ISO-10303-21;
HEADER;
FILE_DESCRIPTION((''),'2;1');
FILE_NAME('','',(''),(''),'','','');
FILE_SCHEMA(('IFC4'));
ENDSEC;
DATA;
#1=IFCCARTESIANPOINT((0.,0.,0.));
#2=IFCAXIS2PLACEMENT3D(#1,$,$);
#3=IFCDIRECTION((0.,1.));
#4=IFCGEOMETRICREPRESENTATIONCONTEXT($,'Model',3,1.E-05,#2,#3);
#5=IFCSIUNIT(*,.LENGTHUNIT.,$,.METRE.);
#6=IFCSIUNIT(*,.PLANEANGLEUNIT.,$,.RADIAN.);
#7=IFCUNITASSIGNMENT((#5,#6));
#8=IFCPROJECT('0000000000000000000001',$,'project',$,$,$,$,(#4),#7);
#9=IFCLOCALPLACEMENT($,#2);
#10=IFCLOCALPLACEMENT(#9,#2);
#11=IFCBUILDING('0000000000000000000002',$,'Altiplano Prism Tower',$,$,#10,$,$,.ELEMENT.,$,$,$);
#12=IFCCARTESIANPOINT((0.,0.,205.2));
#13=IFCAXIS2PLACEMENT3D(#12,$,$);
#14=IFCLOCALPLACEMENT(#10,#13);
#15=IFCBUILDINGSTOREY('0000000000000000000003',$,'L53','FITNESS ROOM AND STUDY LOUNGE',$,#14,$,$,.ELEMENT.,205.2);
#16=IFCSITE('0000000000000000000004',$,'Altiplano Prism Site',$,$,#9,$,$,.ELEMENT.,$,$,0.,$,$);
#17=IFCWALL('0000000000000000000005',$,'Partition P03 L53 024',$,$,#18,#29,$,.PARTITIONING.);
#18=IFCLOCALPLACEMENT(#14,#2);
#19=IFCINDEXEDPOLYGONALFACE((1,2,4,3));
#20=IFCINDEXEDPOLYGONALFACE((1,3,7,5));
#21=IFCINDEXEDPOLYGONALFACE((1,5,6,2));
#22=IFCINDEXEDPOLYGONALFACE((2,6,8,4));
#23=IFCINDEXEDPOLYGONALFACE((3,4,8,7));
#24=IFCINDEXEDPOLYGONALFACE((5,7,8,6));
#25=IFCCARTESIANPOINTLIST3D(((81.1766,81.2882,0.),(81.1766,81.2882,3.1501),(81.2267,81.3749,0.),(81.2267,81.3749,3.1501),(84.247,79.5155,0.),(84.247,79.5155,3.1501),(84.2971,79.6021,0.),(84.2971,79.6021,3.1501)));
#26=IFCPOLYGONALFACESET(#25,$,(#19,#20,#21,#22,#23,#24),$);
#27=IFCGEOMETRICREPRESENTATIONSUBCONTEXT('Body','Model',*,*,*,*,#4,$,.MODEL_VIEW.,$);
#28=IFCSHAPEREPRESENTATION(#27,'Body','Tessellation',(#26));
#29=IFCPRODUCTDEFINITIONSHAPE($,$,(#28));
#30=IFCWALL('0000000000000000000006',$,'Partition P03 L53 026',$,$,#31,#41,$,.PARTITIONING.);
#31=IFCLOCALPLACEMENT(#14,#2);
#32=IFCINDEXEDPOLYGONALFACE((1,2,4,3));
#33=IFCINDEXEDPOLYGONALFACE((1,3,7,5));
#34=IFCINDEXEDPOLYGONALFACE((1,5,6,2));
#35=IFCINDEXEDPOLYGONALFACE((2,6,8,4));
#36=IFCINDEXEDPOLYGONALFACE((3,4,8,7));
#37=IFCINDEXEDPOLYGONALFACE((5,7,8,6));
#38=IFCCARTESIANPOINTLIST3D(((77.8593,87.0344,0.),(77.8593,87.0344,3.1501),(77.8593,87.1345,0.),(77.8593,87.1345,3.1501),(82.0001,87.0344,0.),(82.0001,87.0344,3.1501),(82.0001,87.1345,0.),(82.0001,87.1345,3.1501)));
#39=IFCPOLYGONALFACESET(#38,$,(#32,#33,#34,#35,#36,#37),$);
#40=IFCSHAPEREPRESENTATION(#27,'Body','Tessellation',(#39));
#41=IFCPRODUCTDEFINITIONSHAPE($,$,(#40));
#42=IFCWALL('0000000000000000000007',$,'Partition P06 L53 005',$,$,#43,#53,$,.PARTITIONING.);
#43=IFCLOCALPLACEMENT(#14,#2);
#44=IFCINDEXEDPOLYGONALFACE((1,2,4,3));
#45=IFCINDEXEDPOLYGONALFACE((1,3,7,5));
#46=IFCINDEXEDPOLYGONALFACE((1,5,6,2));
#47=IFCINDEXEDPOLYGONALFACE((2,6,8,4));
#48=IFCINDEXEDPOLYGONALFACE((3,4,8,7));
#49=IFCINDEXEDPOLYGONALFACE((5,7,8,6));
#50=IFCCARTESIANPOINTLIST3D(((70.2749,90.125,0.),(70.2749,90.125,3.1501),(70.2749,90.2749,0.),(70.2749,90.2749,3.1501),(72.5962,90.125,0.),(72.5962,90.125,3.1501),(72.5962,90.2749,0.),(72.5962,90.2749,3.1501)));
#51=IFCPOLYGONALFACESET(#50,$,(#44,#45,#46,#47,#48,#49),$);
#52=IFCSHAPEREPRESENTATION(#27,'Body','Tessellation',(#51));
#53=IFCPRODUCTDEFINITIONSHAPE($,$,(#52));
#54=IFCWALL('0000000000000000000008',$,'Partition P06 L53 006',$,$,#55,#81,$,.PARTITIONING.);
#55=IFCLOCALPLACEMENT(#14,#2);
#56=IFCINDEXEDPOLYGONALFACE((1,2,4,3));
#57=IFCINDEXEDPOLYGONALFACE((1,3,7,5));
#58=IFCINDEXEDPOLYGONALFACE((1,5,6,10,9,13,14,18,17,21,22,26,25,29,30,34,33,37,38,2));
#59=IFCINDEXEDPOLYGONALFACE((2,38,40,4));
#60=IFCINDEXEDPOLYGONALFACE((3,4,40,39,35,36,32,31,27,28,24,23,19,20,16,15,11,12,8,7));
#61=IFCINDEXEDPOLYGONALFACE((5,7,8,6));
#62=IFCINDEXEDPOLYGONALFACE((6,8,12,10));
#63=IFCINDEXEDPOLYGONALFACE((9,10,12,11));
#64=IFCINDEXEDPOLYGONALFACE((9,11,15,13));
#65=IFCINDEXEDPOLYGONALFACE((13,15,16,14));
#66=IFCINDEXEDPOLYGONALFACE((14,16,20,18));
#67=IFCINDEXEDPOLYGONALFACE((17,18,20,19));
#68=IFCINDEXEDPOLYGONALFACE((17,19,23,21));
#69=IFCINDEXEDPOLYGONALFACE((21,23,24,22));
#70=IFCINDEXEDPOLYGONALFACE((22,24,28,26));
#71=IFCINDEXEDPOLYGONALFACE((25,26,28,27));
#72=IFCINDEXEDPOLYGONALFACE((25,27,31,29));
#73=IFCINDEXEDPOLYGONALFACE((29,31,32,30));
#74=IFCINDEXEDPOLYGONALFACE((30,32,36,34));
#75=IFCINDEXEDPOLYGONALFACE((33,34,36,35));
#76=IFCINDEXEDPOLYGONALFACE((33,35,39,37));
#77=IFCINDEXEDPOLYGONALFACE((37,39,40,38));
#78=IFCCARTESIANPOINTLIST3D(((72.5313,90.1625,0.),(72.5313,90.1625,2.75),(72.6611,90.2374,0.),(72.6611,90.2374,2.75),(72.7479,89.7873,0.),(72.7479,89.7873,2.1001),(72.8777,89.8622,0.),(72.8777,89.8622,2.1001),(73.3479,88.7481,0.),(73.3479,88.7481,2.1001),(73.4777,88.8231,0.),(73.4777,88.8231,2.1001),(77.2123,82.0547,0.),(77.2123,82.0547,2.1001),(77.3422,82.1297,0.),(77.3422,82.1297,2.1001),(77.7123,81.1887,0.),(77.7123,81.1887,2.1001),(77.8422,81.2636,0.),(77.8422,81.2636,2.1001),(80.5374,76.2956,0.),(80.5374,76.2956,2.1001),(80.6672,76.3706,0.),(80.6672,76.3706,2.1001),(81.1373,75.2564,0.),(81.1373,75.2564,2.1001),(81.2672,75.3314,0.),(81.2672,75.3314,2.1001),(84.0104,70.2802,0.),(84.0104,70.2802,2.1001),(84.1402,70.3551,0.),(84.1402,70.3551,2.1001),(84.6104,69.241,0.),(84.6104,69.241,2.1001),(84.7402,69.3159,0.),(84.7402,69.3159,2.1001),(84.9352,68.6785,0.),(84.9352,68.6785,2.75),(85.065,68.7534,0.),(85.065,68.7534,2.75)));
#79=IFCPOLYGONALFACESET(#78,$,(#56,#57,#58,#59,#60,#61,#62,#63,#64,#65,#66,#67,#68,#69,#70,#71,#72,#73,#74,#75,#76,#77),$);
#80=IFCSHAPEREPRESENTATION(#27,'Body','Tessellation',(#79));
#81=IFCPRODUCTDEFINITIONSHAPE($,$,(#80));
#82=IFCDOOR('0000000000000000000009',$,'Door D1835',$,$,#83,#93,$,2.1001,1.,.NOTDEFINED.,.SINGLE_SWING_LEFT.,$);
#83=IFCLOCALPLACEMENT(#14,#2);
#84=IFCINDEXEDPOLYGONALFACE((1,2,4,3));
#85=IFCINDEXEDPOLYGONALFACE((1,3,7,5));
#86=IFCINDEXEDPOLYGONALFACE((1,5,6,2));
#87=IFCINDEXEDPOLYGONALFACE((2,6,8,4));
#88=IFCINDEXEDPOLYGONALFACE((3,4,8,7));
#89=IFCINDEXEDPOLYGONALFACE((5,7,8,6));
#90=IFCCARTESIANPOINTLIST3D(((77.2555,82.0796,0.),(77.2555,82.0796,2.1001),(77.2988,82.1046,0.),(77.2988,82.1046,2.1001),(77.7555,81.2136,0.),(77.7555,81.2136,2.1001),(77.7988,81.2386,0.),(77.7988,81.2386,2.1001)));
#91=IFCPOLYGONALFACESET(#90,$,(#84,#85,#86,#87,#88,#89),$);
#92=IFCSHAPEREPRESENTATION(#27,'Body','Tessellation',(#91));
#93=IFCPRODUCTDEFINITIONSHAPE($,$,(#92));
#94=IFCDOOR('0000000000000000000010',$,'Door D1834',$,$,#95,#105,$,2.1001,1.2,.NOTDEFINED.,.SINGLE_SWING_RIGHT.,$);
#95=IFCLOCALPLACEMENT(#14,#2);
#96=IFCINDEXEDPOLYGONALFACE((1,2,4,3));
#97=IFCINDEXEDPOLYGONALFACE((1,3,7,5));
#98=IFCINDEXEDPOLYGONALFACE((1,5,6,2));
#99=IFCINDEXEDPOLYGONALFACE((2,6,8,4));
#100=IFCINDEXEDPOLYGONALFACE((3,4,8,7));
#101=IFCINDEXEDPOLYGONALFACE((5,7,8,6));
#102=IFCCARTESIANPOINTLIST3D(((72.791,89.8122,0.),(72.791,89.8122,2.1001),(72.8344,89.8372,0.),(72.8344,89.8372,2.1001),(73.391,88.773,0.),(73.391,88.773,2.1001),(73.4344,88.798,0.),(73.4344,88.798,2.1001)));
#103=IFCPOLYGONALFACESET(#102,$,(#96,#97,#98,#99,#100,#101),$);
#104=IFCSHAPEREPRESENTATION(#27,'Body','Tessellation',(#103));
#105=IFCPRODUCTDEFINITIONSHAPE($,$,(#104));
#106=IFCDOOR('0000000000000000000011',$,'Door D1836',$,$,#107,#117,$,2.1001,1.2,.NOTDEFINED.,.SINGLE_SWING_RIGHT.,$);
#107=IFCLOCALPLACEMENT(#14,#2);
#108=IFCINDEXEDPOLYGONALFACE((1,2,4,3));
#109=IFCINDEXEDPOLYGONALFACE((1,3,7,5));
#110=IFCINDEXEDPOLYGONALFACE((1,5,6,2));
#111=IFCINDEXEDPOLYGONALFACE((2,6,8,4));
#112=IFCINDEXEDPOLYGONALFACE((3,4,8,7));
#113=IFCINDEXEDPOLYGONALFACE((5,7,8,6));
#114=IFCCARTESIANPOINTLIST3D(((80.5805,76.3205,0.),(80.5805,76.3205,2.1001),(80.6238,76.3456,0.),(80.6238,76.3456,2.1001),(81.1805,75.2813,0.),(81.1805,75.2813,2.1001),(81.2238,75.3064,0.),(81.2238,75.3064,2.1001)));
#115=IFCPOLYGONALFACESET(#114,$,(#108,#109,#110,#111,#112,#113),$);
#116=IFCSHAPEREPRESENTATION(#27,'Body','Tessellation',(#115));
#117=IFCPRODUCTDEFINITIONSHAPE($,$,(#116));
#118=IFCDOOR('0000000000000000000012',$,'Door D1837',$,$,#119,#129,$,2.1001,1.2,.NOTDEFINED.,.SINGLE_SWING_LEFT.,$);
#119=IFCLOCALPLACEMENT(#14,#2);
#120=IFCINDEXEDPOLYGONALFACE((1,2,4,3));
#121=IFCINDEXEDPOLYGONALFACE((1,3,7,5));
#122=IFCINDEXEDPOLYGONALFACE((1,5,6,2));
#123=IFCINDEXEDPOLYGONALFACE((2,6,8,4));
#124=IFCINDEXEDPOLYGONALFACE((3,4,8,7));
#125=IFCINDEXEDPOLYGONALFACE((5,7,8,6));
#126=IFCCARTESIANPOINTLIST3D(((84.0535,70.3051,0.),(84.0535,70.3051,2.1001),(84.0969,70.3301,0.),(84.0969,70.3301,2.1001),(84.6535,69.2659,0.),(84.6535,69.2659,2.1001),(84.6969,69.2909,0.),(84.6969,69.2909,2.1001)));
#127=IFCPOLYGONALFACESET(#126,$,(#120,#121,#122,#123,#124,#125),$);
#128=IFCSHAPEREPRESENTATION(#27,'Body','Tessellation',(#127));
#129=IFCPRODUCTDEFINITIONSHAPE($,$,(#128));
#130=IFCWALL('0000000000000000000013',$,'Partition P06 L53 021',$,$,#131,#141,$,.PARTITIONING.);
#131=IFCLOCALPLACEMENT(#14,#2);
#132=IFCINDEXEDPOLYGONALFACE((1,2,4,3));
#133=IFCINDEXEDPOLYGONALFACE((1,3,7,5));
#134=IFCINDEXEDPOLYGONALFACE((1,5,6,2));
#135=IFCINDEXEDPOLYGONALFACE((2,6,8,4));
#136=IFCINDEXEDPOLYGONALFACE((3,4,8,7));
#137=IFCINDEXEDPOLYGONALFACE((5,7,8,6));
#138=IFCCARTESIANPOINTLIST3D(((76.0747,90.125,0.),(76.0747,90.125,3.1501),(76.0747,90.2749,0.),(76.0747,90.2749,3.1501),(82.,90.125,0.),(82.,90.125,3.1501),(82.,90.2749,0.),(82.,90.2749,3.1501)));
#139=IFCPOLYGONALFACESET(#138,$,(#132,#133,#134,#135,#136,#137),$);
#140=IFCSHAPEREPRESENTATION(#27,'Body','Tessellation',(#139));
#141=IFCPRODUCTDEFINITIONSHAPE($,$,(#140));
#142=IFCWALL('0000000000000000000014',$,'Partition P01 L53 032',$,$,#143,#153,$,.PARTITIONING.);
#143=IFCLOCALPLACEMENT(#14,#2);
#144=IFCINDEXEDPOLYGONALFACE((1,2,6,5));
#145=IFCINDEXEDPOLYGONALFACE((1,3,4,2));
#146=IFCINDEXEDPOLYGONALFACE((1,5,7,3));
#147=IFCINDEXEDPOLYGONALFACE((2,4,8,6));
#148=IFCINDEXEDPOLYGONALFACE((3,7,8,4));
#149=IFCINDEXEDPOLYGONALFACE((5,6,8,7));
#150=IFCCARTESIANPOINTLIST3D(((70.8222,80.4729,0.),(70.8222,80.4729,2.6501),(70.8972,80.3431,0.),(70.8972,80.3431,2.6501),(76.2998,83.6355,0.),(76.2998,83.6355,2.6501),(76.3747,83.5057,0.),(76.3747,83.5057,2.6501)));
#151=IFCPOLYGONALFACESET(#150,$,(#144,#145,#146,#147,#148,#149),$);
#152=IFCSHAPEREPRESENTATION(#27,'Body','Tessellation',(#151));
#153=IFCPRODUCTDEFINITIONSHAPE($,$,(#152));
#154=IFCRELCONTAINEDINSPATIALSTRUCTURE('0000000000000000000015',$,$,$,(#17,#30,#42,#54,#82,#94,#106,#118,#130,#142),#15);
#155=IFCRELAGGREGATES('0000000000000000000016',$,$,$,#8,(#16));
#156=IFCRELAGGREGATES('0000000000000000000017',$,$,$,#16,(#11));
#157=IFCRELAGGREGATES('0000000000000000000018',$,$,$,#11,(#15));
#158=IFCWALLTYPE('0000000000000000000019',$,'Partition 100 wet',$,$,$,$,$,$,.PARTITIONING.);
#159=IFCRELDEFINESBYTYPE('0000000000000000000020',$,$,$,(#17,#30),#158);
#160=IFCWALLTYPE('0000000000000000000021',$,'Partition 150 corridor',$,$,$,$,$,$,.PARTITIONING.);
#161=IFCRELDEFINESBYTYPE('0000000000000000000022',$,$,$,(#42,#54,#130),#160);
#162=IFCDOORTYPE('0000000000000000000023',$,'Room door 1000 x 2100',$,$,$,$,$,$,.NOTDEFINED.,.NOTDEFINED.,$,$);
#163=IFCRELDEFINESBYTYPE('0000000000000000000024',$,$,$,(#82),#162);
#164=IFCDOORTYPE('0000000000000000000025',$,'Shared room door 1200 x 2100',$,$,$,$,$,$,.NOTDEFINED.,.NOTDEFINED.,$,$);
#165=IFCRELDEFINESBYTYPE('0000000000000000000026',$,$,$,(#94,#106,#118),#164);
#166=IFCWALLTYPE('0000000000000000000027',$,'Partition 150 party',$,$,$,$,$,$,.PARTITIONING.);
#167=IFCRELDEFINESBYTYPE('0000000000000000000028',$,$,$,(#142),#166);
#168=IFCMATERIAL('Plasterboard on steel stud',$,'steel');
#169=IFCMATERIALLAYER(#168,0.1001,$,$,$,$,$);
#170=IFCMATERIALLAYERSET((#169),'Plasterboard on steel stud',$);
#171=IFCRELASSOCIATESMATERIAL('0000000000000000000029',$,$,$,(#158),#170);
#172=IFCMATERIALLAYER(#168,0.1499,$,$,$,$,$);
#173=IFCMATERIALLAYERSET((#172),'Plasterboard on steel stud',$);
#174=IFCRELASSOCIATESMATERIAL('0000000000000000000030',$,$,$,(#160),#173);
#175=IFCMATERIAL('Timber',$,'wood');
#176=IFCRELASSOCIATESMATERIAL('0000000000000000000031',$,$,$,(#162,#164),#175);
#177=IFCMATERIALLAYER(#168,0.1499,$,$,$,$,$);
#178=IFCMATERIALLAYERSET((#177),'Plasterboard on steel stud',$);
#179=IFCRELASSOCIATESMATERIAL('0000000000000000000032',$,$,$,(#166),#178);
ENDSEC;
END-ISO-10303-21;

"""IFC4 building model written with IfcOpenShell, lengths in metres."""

from ifc_helpers import new_model, si_unit, direction, frame, frame_2d, origin, place, context, subcontext, project, spatial, rectangle, extrude, material, layer, layer_set, type_object, element, fill, save


model = new_model("IFC4")

# Units and contexts
model_context = context("Model", 3, precision=1e-05, world=origin(), true_north=direction((0.0, 1.0)))
body_context = subcontext(model_context, "Body", "Model", "MODEL_VIEW")
ifc_project = project(units=[si_unit("LENGTHUNIT", "METRE"), si_unit("PLANEANGLEUNIT", "RADIAN")], contexts=[model_context])

# Site, building, storey
site_placement = place(None, origin())
site = spatial("IfcSite", under=ifc_project, at=site_placement, Name="Altiplano Prism Site", CompositionType="ELEMENT", RefElevation=0.0)
building_placement = place(site_placement, origin())
building = spatial("IfcBuilding", under=site, at=building_placement, Name="Altiplano Prism Tower", CompositionType="ELEMENT")
storey_placement = place(building_placement, frame((0.0, 0.0, 205.2)))
storey = spatial("IfcBuildingStorey", under=building, at=storey_placement, Name="L53", Description="FITNESS ROOM AND STUDY LOUNGE", CompositionType="ELEMENT", Elevation=205.2)

# Walls
ifc_material_1 = material(Name="Plasterboard on steel stud", Category="steel")
ifc_layer_1 = layer(ifc_material_1, 0.1001)
ifc_layer_set_1 = layer_set([ifc_layer_1], Name="Plasterboard on steel stud")
wall_type_1 = type_object("IfcWallType", Name="Partition 100 wet", PredefinedType="PARTITIONING", material=ifc_layer_set_1)
wall_1_placement = place(storey_placement, frame((81.2017, 81.3315, 0.0), z_axis=(0.0, 0.0, 1.0), x_axis=(0.866018, -0.500013, 0.0)))
element("IfcWall", 1, at=wall_1_placement, inside=storey, type_object=wall_type_1, Name="Partition P03 L53 024", PredefinedType="PARTITIONING", context=body_context, shape_type="SweptSolid", body=[
    extrude(rectangle(XDim=3.5454, YDim=0.1001, at=frame_2d((1.7727, 0.0))), origin(), (0.0, 0.0, 1.0), 3.1501),
])
wall_2_placement = place(storey_placement, frame((82.0, 87.0845, 0.0), z_axis=(0.0, 0.0, 1.0), x_axis=(-1.0, 0.0, 0.0)))
element("IfcWall", 2, at=wall_2_placement, inside=storey, type_object=wall_type_1, Name="Partition P03 L53 026", PredefinedType="PARTITIONING", context=body_context, shape_type="SweptSolid", body=[
    extrude(rectangle(XDim=4.1409, YDim=0.1001, at=frame_2d((2.0703, 0.0))), origin(), (0.0, 0.0, 1.0), 3.1501),
])
ifc_layer_2 = layer(ifc_material_1, 0.1499)
ifc_layer_set_2 = layer_set([ifc_layer_2], Name="Plasterboard on steel stud")
wall_type_2 = type_object("IfcWallType", Name="Partition 150 corridor", PredefinedType="PARTITIONING", material=ifc_layer_set_2)
wall_3_placement = place(storey_placement, frame((70.2749, 90.2, 0.0), z_axis=(0.0, 0.0, 1.0), x_axis=(1.0, 0.0, 0.0)))
element("IfcWall", 3, at=wall_3_placement, inside=storey, type_object=wall_type_2, Name="Partition P06 L53 005", PredefinedType="PARTITIONING", context=body_context, shape_type="SweptSolid", body=[
    extrude(rectangle(XDim=2.3213, YDim=0.1499, at=frame_2d((1.1606, 0.0))), origin(), (0.0, 0.0, 1.0), 3.1501),
])

# Wall, openings, doors
wall_4_placement = place(storey_placement, frame((72.5962, 90.2, 0.0), z_axis=(0.0, 0.0, 1.0), x_axis=(0.500002, -0.866024, 0.0)))
wall_4 = element("IfcWall", 4, at=wall_4_placement, inside=storey, type_object=wall_type_2, Name="Partition P06 L53 006", PredefinedType="PARTITIONING", context=body_context, shape_type="SweptSolid", body=[
    extrude(rectangle(XDim=24.8076, YDim=0.1499, at=frame_2d((12.4038, 0.0))), origin(), (0.0, 0.0, 1.0), 2.75),
])
opening_1_placement = place(wall_4_placement, frame((0.4331, 0.0, 0.0)))
opening_1 = element("IfcOpeningElement", 5, at=opening_1_placement, cuts=wall_4, PredefinedType="OPENING", context=body_context, shape_type="SweptSolid", body=[
    extrude(rectangle(XDim=1.2, YDim=2.1001, at=frame_2d((0.6001, 1.05))), frame((0.0, 0.0854, 0.0), z_axis=(0.0, -1.0, 0.0), x_axis=(1.0, 0.0, 0.0)), (0.0, 0.0, 1.0), 0.1709),
])
opening_2_placement = place(wall_4_placement, frame((9.3621, 0.0, 0.0)))
opening_2 = element("IfcOpeningElement", 6, at=opening_2_placement, cuts=wall_4, PredefinedType="OPENING", context=body_context, shape_type="SweptSolid", body=[
    extrude(rectangle(XDim=1.0, YDim=2.1001, at=frame_2d((0.5, 1.05))), frame((0.0, 0.0854, 0.0), z_axis=(0.0, -1.0, 0.0), x_axis=(1.0, 0.0, 0.0)), (0.0, 0.0, 1.0), 0.1709),
])
opening_3_placement = place(wall_4_placement, frame((16.012, 0.0, 0.0)))
opening_3 = element("IfcOpeningElement", 7, at=opening_3_placement, cuts=wall_4, PredefinedType="OPENING", context=body_context, shape_type="SweptSolid", body=[
    extrude(rectangle(XDim=1.2, YDim=2.1001, at=frame_2d((0.6001, 1.05))), frame((0.0, 0.0854, 0.0), z_axis=(0.0, -1.0, 0.0), x_axis=(1.0, 0.0, 0.0)), (0.0, 0.0, 1.0), 0.1709),
])
opening_4_placement = place(wall_4_placement, frame((22.958, 0.0, 0.0)))
opening_4 = element("IfcOpeningElement", 8, at=opening_4_placement, cuts=wall_4, PredefinedType="OPENING", context=body_context, shape_type="SweptSolid", body=[
    extrude(rectangle(XDim=1.2, YDim=2.1001, at=frame_2d((0.6001, 1.05))), frame((0.0, 0.0854, 0.0), z_axis=(0.0, -1.0, 0.0), x_axis=(1.0, 0.0, 0.0)), (0.0, 0.0, 1.0), 0.1709),
])
ifc_material_2 = material(Name="Timber", Category="wood")
door_type_1 = type_object("IfcDoorType", Name="Room door 1000 x 2100", OperationType="NOTDEFINED", PredefinedType="NOTDEFINED", material=ifc_material_2)
door_1_placement = place(opening_2_placement, origin())
door_1 = element("IfcDoor", 9, at=door_1_placement, inside=storey, type_object=door_type_1, Name="Door D1835", OperationType="SINGLE_SWING_LEFT", OverallHeight=2.1001, OverallWidth=1.0, PredefinedType="NOTDEFINED", context=body_context, shape_type="SweptSolid", body=[
    extrude(rectangle(XDim=1.0, YDim=2.1001, at=frame_2d((0.5, 1.05))), frame((0.0, 0.0249, 0.0), z_axis=(0.0, -1.0, 0.0), x_axis=(1.0, 0.0, 0.0)), (0.0, 0.0, 1.0), 0.05),
])
fill(opening_2, door_1)
door_type_2 = type_object("IfcDoorType", Name="Shared room door 1200 x 2100", OperationType="NOTDEFINED", PredefinedType="NOTDEFINED", material=ifc_material_2)
door_2_placement = place(opening_1_placement, origin())
door_2 = element("IfcDoor", 10, at=door_2_placement, inside=storey, type_object=door_type_2, Name="Door D1834", OperationType="SINGLE_SWING_RIGHT", OverallHeight=2.1001, OverallWidth=1.2, PredefinedType="NOTDEFINED", context=body_context, shape_type="SweptSolid", body=[
    extrude(rectangle(XDim=1.2, YDim=2.1001, at=frame_2d((0.6001, 1.05))), frame((0.0, 0.0249, 0.0), z_axis=(0.0, -1.0, 0.0), x_axis=(1.0, 0.0, 0.0)), (0.0, 0.0, 1.0), 0.05),
])
fill(opening_1, door_2)
door_3_placement = place(opening_3_placement, origin())
door_3 = element("IfcDoor", 11, at=door_3_placement, inside=storey, type_object=door_type_2, Name="Door D1836", OperationType="SINGLE_SWING_RIGHT", OverallHeight=2.1001, OverallWidth=1.2, PredefinedType="NOTDEFINED", context=body_context, shape_type="SweptSolid", body=[
    extrude(rectangle(XDim=1.2, YDim=2.1001, at=frame_2d((0.6001, 1.05))), frame((0.0, 0.0249, 0.0), z_axis=(0.0, -1.0, 0.0), x_axis=(1.0, 0.0, 0.0)), (0.0, 0.0, 1.0), 0.05),
])
fill(opening_3, door_3)
door_4_placement = place(opening_4_placement, origin())
door_4 = element("IfcDoor", 12, at=door_4_placement, inside=storey, type_object=door_type_2, Name="Door D1837", OperationType="SINGLE_SWING_LEFT", OverallHeight=2.1001, OverallWidth=1.2, PredefinedType="NOTDEFINED", context=body_context, shape_type="SweptSolid", body=[
    extrude(rectangle(XDim=1.2, YDim=2.1001, at=frame_2d((0.6001, 1.05))), frame((0.0, 0.0249, 0.0), z_axis=(0.0, -1.0, 0.0), x_axis=(1.0, 0.0, 0.0)), (0.0, 0.0, 1.0), 0.05),
])
fill(opening_4, door_4)

# Walls
wall_5_placement = place(storey_placement, frame((76.0747, 90.2, 0.0), z_axis=(0.0, 0.0, 1.0), x_axis=(1.0, 0.0, 0.0)))
element("IfcWall", 13, at=wall_5_placement, inside=storey, type_object=wall_type_2, Name="Partition P06 L53 021", PredefinedType="PARTITIONING", context=body_context, shape_type="SweptSolid", body=[
    extrude(rectangle(XDim=5.9253, YDim=0.1499, at=frame_2d((2.9626, 0.0))), origin(), (0.0, 0.0, 1.0), 3.1501),
])
ifc_layer_3 = layer(ifc_material_1, 0.1499)
ifc_layer_set_3 = layer_set([ifc_layer_3], Name="Plasterboard on steel stud")
wall_type_3 = type_object("IfcWallType", Name="Partition 150 party", PredefinedType="PARTITIONING", material=ifc_layer_set_3)
wall_6_placement = place(storey_placement, frame((70.8596, 80.408, 0.0), z_axis=(0.0, 0.0, 1.0), x_axis=(0.866016, 0.500016, 0.0)))
element("IfcWall", 14, at=wall_6_placement, inside=storey, type_object=wall_type_3, Name="Partition P01 L53 032", PredefinedType="PARTITIONING", context=body_context, shape_type="SweptSolid", body=[
    extrude(rectangle(XDim=6.325, YDim=0.1499, at=frame_2d((3.1626, 0.0))), origin(), (0.0, 0.0, 1.0), 2.6501),
])

save(model, "model.ifc")
